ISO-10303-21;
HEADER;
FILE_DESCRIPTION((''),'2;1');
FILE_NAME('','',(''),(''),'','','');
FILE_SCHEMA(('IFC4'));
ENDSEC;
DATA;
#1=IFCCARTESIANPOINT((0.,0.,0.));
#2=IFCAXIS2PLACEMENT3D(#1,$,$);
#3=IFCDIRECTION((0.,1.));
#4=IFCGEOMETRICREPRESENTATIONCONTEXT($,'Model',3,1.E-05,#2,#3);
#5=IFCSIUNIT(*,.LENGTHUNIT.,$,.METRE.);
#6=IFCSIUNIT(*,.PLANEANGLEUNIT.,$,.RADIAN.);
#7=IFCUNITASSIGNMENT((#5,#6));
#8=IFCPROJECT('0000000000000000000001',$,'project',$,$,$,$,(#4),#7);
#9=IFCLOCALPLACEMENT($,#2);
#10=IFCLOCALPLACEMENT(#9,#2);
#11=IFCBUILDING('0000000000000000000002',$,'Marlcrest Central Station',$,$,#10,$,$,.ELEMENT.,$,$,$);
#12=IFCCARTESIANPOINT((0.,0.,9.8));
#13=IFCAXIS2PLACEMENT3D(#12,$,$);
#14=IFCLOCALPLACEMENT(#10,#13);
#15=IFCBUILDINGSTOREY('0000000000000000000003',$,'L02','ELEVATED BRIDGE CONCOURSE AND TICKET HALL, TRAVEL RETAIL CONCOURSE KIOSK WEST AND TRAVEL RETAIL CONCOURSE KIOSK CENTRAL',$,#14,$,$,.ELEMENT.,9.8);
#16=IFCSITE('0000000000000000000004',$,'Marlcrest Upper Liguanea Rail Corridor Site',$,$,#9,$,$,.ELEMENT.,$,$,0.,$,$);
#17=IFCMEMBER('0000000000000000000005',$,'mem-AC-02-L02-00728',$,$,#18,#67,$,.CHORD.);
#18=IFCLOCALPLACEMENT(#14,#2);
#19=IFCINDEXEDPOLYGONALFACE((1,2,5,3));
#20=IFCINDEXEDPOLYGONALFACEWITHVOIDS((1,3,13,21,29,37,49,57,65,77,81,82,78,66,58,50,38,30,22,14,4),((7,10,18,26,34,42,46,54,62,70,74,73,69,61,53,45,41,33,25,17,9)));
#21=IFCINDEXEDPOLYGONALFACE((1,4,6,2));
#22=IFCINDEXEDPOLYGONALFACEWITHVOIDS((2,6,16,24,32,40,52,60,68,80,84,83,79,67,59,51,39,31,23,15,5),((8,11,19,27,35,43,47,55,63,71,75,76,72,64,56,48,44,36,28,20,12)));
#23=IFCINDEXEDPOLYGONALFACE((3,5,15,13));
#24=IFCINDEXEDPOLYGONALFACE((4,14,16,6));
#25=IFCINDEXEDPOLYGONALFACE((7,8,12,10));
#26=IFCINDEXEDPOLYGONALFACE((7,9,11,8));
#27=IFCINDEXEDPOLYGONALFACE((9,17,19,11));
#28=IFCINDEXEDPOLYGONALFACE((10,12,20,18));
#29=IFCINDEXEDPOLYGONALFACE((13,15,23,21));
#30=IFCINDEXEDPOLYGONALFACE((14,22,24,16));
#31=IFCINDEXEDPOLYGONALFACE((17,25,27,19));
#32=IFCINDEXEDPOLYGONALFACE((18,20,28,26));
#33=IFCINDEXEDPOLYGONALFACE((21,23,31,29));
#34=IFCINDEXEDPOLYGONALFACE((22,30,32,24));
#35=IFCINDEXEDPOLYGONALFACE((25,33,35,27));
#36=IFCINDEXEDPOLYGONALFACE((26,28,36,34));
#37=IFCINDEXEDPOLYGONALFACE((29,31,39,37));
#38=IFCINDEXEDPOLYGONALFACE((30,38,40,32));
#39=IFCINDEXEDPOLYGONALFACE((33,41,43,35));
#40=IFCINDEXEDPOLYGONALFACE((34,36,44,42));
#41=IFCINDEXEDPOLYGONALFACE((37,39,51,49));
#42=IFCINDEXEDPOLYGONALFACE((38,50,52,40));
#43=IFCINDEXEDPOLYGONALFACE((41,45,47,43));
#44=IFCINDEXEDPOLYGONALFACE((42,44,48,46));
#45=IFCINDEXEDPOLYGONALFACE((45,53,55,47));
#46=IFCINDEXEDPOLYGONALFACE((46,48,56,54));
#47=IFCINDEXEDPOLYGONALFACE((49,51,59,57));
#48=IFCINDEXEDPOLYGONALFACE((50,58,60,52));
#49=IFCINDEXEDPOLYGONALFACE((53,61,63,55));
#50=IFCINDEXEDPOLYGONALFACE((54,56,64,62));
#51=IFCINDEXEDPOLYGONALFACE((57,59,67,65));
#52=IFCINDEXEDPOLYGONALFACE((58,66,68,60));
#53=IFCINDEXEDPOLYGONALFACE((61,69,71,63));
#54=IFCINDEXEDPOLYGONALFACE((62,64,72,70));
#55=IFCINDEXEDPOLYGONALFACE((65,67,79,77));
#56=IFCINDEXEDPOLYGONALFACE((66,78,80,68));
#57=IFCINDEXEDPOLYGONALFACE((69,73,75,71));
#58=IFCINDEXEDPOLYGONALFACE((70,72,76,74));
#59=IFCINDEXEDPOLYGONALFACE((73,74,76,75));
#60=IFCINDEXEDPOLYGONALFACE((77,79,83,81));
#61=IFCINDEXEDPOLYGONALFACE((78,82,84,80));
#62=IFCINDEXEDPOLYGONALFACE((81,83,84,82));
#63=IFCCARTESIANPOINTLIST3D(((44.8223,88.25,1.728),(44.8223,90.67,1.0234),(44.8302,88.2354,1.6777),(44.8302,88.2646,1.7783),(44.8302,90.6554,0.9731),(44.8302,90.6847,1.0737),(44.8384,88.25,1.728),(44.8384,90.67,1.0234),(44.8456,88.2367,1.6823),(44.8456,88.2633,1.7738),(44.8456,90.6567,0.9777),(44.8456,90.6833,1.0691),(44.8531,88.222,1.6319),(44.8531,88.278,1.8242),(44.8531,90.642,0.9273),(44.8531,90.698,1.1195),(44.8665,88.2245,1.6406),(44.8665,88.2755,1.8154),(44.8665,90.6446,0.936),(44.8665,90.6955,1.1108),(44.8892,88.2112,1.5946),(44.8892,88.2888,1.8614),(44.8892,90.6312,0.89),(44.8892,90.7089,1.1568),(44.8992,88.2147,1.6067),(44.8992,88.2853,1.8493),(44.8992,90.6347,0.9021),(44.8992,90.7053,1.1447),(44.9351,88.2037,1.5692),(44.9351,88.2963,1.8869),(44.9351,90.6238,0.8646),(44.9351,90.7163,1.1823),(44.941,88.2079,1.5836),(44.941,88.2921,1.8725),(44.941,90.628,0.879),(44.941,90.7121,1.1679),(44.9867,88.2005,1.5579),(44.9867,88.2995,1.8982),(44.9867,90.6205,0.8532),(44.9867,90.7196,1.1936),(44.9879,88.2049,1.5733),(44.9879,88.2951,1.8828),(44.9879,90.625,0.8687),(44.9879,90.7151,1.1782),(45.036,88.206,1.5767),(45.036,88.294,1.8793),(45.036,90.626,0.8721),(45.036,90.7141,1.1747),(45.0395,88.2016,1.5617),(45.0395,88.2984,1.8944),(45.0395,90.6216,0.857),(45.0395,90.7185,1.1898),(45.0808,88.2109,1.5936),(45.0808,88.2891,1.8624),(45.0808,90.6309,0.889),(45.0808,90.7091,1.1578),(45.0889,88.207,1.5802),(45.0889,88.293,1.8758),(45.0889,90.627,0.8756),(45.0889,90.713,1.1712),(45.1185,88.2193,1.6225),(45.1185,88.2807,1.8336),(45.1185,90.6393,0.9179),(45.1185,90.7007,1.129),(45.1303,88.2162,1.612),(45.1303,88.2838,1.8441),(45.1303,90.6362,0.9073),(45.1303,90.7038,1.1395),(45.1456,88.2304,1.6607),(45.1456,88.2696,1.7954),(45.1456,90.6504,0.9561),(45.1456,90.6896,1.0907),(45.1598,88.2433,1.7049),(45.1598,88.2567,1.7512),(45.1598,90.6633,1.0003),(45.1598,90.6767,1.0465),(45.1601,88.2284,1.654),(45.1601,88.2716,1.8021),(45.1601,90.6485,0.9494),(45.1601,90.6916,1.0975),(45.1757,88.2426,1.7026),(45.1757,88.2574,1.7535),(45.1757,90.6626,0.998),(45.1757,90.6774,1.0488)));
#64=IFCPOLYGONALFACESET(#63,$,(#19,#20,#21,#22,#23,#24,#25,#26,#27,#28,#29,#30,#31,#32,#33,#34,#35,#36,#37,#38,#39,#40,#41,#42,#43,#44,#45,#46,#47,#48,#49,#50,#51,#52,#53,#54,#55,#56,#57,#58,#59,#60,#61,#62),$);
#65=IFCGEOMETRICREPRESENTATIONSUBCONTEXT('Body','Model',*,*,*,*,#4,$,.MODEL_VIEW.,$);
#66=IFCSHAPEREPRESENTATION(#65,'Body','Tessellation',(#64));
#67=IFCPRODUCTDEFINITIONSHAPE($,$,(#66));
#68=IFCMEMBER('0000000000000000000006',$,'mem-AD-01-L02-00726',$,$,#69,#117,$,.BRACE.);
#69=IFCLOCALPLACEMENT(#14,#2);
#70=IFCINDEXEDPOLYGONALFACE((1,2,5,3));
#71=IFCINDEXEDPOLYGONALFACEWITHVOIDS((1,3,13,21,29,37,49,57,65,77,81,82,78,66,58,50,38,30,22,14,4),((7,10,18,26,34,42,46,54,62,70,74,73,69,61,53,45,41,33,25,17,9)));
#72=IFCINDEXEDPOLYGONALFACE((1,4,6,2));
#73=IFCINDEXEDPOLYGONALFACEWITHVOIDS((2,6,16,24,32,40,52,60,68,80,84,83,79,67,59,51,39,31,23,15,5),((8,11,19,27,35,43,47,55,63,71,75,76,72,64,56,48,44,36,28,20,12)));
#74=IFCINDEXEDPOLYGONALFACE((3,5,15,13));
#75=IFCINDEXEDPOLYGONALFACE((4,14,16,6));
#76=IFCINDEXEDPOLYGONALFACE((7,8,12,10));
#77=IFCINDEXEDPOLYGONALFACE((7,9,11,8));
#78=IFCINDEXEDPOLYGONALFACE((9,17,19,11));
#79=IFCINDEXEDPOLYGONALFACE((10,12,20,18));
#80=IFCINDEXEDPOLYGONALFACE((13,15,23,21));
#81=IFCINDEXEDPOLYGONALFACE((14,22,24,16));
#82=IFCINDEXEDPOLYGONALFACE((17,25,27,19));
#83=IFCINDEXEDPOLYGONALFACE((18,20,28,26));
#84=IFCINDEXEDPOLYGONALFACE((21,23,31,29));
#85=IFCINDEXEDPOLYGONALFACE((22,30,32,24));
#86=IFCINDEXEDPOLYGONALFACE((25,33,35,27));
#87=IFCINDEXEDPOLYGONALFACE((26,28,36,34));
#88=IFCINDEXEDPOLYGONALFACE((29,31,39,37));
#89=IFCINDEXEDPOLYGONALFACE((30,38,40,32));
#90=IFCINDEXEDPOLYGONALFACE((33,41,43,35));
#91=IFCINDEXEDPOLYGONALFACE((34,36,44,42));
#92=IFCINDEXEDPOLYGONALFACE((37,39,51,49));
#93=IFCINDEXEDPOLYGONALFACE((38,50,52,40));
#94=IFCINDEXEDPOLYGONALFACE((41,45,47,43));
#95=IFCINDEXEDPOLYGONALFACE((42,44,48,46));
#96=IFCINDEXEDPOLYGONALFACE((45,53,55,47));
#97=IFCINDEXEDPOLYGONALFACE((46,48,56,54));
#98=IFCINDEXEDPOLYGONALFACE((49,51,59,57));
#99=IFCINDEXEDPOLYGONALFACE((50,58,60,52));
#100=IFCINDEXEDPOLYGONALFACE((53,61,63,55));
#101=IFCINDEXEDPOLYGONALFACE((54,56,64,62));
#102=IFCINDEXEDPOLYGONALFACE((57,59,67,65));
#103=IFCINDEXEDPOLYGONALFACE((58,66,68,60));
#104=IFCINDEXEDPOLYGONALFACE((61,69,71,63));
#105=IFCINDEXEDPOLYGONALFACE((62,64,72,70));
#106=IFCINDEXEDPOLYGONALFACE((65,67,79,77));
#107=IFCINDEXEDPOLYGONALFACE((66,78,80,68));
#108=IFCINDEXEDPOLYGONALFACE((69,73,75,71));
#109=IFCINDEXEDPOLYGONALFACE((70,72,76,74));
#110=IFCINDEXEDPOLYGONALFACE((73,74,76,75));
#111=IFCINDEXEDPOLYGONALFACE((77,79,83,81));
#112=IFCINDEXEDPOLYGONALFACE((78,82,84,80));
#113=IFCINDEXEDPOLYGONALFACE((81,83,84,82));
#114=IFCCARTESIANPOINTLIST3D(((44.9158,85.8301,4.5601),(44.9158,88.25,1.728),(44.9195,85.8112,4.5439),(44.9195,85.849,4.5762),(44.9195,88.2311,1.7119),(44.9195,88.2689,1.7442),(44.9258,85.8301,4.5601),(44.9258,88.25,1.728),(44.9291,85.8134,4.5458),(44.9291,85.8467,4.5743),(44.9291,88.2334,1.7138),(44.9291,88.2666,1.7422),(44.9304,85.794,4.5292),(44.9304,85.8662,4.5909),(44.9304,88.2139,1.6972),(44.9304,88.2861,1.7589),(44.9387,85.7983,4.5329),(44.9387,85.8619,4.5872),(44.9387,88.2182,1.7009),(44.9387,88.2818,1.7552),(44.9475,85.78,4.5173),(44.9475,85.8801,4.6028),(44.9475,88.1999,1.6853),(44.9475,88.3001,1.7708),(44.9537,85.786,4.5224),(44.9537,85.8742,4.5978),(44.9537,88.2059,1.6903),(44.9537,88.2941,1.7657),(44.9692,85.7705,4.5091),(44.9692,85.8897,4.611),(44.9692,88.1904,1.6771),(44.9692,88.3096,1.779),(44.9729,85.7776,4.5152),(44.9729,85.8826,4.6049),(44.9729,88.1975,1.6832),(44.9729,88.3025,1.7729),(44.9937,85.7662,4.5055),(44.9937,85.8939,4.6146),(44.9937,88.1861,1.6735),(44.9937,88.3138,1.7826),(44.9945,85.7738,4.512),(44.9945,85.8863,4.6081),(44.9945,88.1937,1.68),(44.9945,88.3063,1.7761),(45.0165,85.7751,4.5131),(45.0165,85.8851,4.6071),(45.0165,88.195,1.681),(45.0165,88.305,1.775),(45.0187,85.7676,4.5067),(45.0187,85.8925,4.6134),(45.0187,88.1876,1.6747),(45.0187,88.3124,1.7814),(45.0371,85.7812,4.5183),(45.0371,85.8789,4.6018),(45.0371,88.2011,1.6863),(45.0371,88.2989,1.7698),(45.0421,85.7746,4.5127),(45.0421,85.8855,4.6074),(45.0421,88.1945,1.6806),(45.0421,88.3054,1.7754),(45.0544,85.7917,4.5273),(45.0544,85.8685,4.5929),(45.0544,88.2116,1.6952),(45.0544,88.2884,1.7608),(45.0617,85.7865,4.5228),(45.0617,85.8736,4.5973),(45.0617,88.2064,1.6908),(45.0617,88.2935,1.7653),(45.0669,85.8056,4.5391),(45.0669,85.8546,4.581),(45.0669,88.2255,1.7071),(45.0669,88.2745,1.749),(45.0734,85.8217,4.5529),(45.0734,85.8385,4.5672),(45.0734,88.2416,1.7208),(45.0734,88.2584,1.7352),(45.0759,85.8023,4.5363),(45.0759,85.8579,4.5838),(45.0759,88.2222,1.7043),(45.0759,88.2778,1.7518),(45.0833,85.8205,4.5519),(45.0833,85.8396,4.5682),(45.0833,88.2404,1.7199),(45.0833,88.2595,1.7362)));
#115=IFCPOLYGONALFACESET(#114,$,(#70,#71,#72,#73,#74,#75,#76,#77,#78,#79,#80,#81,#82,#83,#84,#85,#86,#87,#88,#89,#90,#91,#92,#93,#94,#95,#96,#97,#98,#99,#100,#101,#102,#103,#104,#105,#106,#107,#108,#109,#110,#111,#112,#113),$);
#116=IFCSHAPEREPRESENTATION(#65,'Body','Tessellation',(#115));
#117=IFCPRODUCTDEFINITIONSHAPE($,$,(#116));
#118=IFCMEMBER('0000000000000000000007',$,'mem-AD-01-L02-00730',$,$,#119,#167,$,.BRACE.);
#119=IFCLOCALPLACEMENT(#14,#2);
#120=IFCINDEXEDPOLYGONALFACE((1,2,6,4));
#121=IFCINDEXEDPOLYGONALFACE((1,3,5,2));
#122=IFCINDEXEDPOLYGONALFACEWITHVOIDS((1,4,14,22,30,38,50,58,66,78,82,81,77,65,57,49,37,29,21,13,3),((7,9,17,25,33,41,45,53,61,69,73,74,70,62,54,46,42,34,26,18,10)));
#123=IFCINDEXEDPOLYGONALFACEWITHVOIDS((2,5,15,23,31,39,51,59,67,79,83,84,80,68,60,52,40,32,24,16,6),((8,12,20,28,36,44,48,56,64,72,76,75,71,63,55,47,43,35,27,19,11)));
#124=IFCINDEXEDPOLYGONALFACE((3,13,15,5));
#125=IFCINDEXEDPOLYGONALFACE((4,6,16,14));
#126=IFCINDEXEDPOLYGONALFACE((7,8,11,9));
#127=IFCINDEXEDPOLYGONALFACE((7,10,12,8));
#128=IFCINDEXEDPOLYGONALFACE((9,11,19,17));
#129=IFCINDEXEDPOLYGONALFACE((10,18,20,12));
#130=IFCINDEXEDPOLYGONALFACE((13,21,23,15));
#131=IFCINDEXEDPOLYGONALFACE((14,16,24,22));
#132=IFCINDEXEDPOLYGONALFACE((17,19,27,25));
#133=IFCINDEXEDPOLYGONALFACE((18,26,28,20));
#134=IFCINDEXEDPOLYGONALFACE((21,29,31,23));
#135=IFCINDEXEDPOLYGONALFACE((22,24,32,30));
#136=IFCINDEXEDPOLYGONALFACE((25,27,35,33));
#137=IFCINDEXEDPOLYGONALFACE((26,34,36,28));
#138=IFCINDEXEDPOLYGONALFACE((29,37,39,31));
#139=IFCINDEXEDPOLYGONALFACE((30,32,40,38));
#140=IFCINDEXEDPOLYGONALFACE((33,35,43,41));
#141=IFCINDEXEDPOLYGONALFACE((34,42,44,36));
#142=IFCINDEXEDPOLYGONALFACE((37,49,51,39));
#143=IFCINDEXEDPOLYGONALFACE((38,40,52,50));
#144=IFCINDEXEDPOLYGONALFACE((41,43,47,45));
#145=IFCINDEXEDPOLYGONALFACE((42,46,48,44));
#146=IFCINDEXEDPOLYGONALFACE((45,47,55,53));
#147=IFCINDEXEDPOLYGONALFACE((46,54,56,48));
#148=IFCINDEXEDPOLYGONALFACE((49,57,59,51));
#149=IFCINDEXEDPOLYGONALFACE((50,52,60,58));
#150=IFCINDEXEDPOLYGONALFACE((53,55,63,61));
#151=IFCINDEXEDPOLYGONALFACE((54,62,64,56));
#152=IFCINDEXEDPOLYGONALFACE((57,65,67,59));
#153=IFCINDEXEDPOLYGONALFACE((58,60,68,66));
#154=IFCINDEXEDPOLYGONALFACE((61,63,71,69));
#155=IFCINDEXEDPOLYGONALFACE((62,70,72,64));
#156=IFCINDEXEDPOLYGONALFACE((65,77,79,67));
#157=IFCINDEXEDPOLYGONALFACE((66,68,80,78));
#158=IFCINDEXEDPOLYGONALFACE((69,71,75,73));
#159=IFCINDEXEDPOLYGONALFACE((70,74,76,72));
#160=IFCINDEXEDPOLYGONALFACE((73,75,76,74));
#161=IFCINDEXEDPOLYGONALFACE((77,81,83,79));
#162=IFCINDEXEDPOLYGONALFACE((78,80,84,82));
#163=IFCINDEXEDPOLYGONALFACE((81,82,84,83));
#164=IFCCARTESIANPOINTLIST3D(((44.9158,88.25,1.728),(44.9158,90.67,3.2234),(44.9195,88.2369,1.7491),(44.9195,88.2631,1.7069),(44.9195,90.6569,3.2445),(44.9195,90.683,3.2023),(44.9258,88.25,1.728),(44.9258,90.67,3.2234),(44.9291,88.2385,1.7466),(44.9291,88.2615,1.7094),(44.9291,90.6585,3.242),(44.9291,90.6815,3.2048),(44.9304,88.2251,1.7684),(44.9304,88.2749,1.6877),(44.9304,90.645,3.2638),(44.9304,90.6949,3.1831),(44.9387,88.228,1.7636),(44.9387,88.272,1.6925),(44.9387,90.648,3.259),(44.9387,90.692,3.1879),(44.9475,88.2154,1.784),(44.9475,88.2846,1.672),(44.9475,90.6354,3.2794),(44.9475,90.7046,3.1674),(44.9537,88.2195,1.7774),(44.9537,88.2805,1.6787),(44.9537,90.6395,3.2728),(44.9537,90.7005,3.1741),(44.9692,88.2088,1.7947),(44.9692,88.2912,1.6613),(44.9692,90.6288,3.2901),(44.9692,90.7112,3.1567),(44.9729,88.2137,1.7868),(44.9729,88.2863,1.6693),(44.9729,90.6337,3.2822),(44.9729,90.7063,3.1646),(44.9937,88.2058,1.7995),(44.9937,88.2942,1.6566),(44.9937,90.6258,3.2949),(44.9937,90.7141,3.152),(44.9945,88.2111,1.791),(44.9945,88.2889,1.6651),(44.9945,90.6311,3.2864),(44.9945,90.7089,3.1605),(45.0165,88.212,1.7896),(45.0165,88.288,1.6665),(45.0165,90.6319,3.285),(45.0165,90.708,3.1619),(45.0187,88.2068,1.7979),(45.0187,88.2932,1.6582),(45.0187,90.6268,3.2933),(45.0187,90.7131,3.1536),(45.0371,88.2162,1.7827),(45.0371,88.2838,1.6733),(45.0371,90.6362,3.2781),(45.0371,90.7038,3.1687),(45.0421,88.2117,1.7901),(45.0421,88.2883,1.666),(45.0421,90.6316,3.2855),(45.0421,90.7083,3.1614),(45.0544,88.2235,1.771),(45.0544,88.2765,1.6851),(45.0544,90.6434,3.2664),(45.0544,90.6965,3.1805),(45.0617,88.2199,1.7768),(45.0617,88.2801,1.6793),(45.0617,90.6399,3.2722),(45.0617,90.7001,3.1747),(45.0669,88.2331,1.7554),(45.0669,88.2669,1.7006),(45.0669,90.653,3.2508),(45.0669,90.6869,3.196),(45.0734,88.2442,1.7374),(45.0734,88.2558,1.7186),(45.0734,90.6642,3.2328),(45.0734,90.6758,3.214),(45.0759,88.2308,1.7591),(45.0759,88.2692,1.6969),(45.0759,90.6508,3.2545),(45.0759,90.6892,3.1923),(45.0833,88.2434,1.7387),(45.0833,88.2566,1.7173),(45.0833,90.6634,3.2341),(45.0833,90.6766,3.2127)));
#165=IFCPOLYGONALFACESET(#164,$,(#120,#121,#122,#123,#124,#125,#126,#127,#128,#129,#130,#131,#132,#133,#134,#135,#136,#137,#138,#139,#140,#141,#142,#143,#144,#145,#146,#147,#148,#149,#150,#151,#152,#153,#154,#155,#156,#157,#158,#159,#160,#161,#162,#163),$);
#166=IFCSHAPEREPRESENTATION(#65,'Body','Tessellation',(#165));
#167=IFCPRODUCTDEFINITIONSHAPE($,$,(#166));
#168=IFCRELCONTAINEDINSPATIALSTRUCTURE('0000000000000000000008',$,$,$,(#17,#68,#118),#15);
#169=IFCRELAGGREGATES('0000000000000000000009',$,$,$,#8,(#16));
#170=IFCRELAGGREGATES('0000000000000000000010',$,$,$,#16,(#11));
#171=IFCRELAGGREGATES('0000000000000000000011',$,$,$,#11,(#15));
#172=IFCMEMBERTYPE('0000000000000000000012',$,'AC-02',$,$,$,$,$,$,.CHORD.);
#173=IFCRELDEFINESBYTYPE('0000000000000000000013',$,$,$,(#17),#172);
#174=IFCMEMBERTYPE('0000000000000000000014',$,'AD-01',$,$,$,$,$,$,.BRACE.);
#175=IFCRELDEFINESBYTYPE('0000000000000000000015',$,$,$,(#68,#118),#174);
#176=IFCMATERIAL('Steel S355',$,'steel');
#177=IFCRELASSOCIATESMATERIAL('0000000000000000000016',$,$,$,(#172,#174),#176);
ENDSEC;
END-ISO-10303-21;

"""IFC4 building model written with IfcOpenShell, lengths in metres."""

from ifc_helpers import new_model, si_unit, direction, frame, origin, origin_2d, place, context, subcontext, project, spatial, hollow_circle, extrude, material, material_profile, profile_set, type_object, element, save


model = new_model("IFC4")

# Units and contexts
model_context = context("Model", 3, precision=1e-05, world=origin(), true_north=direction((0.0, 1.0)))
body_context = subcontext(model_context, "Body", "Model", "MODEL_VIEW")
ifc_project = project(units=[si_unit("LENGTHUNIT", "METRE"), si_unit("PLANEANGLEUNIT", "RADIAN")], contexts=[model_context])

# Site, building, storey
site_placement = place(None, origin())
site = spatial("IfcSite", under=ifc_project, at=site_placement, Name="Marlcrest Upper Liguanea Rail Corridor Site", CompositionType="ELEMENT", RefElevation=0.0)
building_placement = place(site_placement, origin())
building = spatial("IfcBuilding", under=site, at=building_placement, Name="Marlcrest Central Station", CompositionType="ELEMENT")
storey_placement = place(building_placement, frame((0.0, 0.0, 9.8)))
storey = spatial("IfcBuildingStorey", under=building, at=storey_placement, Name="L02", Description="ELEVATED BRIDGE CONCOURSE AND TICKET HALL, TRAVEL RETAIL CONCOURSE KIOSK WEST AND TRAVEL RETAIL CONCOURSE KIOSK CENTRAL", CompositionType="ELEMENT", Elevation=9.8)

# Members
ifc_material_1 = material(Name="Steel S355", Category="steel")
ifc_material_profile_1 = material_profile(ifc_material_1, hollow_circle(Radius=0.1777, WallThickness=0.0161, at=origin_2d()), Name="CHS 355.6x16")
ifc_profile_set_1 = profile_set([ifc_material_profile_1], Name="Steel S355")
member_type_1 = type_object("IfcMemberType", Name="AC-02", PredefinedType="CHORD", material=ifc_profile_set_1)
member_1_placement = place(storey_placement, frame((45.0, 88.25, 1.728), z_axis=(0.0, 0.96013, -0.279554), x_axis=(-1.0, 0.0, 0.0)))
element("IfcMember", 1, at=member_1_placement, inside=storey, type_object=member_type_1, Name="mem-AC-02-L02-00728", PredefinedType="CHORD", context=body_context, shape_type="SweptSolid", body=[
    extrude(hollow_circle(Radius=0.1777, WallThickness=0.0161, at=origin_2d()), origin(), (0.0, 0.0, 1.0), 2.5205),
])
ifc_material_profile_2 = material_profile(ifc_material_1, hollow_circle(Radius=0.0842, WallThickness=0.01, at=origin_2d()), Name="CHS 168.3x10")
ifc_profile_set_2 = profile_set([ifc_material_profile_2], Name="Steel S355")
member_type_2 = type_object("IfcMemberType", Name="AD-01", PredefinedType="BRACE", material=ifc_profile_set_2)
member_2_placement = place(storey_placement, frame((45.0, 85.8301, 4.5601), z_axis=(0.0, 0.649625, -0.760255), x_axis=(-1.0, 0.0, 0.0)))
element("IfcMember", 2, at=member_2_placement, inside=storey, type_object=member_type_2, Name="mem-AD-01-L02-00726", PredefinedType="BRACE", context=body_context, shape_type="SweptSolid", body=[
    extrude(hollow_circle(Radius=0.0842, WallThickness=0.01, at=origin_2d()), origin(), (0.0, 0.0, 1.0), 3.7251),
])
member_3_placement = place(storey_placement, frame((45.0, 88.25, 1.728), z_axis=(0.0, 0.850687, 0.525672), x_axis=(-1.0, 0.0, 0.0)))
element("IfcMember", 3, at=member_3_placement, inside=storey, type_object=member_type_2, Name="mem-AD-01-L02-00730", PredefinedType="BRACE", context=body_context, shape_type="SweptSolid", body=[
    extrude(hollow_circle(Radius=0.0842, WallThickness=0.01, at=origin_2d()), origin(), (0.0, 0.0, 1.0), 2.8447),
])

save(model, "model.ifc")
